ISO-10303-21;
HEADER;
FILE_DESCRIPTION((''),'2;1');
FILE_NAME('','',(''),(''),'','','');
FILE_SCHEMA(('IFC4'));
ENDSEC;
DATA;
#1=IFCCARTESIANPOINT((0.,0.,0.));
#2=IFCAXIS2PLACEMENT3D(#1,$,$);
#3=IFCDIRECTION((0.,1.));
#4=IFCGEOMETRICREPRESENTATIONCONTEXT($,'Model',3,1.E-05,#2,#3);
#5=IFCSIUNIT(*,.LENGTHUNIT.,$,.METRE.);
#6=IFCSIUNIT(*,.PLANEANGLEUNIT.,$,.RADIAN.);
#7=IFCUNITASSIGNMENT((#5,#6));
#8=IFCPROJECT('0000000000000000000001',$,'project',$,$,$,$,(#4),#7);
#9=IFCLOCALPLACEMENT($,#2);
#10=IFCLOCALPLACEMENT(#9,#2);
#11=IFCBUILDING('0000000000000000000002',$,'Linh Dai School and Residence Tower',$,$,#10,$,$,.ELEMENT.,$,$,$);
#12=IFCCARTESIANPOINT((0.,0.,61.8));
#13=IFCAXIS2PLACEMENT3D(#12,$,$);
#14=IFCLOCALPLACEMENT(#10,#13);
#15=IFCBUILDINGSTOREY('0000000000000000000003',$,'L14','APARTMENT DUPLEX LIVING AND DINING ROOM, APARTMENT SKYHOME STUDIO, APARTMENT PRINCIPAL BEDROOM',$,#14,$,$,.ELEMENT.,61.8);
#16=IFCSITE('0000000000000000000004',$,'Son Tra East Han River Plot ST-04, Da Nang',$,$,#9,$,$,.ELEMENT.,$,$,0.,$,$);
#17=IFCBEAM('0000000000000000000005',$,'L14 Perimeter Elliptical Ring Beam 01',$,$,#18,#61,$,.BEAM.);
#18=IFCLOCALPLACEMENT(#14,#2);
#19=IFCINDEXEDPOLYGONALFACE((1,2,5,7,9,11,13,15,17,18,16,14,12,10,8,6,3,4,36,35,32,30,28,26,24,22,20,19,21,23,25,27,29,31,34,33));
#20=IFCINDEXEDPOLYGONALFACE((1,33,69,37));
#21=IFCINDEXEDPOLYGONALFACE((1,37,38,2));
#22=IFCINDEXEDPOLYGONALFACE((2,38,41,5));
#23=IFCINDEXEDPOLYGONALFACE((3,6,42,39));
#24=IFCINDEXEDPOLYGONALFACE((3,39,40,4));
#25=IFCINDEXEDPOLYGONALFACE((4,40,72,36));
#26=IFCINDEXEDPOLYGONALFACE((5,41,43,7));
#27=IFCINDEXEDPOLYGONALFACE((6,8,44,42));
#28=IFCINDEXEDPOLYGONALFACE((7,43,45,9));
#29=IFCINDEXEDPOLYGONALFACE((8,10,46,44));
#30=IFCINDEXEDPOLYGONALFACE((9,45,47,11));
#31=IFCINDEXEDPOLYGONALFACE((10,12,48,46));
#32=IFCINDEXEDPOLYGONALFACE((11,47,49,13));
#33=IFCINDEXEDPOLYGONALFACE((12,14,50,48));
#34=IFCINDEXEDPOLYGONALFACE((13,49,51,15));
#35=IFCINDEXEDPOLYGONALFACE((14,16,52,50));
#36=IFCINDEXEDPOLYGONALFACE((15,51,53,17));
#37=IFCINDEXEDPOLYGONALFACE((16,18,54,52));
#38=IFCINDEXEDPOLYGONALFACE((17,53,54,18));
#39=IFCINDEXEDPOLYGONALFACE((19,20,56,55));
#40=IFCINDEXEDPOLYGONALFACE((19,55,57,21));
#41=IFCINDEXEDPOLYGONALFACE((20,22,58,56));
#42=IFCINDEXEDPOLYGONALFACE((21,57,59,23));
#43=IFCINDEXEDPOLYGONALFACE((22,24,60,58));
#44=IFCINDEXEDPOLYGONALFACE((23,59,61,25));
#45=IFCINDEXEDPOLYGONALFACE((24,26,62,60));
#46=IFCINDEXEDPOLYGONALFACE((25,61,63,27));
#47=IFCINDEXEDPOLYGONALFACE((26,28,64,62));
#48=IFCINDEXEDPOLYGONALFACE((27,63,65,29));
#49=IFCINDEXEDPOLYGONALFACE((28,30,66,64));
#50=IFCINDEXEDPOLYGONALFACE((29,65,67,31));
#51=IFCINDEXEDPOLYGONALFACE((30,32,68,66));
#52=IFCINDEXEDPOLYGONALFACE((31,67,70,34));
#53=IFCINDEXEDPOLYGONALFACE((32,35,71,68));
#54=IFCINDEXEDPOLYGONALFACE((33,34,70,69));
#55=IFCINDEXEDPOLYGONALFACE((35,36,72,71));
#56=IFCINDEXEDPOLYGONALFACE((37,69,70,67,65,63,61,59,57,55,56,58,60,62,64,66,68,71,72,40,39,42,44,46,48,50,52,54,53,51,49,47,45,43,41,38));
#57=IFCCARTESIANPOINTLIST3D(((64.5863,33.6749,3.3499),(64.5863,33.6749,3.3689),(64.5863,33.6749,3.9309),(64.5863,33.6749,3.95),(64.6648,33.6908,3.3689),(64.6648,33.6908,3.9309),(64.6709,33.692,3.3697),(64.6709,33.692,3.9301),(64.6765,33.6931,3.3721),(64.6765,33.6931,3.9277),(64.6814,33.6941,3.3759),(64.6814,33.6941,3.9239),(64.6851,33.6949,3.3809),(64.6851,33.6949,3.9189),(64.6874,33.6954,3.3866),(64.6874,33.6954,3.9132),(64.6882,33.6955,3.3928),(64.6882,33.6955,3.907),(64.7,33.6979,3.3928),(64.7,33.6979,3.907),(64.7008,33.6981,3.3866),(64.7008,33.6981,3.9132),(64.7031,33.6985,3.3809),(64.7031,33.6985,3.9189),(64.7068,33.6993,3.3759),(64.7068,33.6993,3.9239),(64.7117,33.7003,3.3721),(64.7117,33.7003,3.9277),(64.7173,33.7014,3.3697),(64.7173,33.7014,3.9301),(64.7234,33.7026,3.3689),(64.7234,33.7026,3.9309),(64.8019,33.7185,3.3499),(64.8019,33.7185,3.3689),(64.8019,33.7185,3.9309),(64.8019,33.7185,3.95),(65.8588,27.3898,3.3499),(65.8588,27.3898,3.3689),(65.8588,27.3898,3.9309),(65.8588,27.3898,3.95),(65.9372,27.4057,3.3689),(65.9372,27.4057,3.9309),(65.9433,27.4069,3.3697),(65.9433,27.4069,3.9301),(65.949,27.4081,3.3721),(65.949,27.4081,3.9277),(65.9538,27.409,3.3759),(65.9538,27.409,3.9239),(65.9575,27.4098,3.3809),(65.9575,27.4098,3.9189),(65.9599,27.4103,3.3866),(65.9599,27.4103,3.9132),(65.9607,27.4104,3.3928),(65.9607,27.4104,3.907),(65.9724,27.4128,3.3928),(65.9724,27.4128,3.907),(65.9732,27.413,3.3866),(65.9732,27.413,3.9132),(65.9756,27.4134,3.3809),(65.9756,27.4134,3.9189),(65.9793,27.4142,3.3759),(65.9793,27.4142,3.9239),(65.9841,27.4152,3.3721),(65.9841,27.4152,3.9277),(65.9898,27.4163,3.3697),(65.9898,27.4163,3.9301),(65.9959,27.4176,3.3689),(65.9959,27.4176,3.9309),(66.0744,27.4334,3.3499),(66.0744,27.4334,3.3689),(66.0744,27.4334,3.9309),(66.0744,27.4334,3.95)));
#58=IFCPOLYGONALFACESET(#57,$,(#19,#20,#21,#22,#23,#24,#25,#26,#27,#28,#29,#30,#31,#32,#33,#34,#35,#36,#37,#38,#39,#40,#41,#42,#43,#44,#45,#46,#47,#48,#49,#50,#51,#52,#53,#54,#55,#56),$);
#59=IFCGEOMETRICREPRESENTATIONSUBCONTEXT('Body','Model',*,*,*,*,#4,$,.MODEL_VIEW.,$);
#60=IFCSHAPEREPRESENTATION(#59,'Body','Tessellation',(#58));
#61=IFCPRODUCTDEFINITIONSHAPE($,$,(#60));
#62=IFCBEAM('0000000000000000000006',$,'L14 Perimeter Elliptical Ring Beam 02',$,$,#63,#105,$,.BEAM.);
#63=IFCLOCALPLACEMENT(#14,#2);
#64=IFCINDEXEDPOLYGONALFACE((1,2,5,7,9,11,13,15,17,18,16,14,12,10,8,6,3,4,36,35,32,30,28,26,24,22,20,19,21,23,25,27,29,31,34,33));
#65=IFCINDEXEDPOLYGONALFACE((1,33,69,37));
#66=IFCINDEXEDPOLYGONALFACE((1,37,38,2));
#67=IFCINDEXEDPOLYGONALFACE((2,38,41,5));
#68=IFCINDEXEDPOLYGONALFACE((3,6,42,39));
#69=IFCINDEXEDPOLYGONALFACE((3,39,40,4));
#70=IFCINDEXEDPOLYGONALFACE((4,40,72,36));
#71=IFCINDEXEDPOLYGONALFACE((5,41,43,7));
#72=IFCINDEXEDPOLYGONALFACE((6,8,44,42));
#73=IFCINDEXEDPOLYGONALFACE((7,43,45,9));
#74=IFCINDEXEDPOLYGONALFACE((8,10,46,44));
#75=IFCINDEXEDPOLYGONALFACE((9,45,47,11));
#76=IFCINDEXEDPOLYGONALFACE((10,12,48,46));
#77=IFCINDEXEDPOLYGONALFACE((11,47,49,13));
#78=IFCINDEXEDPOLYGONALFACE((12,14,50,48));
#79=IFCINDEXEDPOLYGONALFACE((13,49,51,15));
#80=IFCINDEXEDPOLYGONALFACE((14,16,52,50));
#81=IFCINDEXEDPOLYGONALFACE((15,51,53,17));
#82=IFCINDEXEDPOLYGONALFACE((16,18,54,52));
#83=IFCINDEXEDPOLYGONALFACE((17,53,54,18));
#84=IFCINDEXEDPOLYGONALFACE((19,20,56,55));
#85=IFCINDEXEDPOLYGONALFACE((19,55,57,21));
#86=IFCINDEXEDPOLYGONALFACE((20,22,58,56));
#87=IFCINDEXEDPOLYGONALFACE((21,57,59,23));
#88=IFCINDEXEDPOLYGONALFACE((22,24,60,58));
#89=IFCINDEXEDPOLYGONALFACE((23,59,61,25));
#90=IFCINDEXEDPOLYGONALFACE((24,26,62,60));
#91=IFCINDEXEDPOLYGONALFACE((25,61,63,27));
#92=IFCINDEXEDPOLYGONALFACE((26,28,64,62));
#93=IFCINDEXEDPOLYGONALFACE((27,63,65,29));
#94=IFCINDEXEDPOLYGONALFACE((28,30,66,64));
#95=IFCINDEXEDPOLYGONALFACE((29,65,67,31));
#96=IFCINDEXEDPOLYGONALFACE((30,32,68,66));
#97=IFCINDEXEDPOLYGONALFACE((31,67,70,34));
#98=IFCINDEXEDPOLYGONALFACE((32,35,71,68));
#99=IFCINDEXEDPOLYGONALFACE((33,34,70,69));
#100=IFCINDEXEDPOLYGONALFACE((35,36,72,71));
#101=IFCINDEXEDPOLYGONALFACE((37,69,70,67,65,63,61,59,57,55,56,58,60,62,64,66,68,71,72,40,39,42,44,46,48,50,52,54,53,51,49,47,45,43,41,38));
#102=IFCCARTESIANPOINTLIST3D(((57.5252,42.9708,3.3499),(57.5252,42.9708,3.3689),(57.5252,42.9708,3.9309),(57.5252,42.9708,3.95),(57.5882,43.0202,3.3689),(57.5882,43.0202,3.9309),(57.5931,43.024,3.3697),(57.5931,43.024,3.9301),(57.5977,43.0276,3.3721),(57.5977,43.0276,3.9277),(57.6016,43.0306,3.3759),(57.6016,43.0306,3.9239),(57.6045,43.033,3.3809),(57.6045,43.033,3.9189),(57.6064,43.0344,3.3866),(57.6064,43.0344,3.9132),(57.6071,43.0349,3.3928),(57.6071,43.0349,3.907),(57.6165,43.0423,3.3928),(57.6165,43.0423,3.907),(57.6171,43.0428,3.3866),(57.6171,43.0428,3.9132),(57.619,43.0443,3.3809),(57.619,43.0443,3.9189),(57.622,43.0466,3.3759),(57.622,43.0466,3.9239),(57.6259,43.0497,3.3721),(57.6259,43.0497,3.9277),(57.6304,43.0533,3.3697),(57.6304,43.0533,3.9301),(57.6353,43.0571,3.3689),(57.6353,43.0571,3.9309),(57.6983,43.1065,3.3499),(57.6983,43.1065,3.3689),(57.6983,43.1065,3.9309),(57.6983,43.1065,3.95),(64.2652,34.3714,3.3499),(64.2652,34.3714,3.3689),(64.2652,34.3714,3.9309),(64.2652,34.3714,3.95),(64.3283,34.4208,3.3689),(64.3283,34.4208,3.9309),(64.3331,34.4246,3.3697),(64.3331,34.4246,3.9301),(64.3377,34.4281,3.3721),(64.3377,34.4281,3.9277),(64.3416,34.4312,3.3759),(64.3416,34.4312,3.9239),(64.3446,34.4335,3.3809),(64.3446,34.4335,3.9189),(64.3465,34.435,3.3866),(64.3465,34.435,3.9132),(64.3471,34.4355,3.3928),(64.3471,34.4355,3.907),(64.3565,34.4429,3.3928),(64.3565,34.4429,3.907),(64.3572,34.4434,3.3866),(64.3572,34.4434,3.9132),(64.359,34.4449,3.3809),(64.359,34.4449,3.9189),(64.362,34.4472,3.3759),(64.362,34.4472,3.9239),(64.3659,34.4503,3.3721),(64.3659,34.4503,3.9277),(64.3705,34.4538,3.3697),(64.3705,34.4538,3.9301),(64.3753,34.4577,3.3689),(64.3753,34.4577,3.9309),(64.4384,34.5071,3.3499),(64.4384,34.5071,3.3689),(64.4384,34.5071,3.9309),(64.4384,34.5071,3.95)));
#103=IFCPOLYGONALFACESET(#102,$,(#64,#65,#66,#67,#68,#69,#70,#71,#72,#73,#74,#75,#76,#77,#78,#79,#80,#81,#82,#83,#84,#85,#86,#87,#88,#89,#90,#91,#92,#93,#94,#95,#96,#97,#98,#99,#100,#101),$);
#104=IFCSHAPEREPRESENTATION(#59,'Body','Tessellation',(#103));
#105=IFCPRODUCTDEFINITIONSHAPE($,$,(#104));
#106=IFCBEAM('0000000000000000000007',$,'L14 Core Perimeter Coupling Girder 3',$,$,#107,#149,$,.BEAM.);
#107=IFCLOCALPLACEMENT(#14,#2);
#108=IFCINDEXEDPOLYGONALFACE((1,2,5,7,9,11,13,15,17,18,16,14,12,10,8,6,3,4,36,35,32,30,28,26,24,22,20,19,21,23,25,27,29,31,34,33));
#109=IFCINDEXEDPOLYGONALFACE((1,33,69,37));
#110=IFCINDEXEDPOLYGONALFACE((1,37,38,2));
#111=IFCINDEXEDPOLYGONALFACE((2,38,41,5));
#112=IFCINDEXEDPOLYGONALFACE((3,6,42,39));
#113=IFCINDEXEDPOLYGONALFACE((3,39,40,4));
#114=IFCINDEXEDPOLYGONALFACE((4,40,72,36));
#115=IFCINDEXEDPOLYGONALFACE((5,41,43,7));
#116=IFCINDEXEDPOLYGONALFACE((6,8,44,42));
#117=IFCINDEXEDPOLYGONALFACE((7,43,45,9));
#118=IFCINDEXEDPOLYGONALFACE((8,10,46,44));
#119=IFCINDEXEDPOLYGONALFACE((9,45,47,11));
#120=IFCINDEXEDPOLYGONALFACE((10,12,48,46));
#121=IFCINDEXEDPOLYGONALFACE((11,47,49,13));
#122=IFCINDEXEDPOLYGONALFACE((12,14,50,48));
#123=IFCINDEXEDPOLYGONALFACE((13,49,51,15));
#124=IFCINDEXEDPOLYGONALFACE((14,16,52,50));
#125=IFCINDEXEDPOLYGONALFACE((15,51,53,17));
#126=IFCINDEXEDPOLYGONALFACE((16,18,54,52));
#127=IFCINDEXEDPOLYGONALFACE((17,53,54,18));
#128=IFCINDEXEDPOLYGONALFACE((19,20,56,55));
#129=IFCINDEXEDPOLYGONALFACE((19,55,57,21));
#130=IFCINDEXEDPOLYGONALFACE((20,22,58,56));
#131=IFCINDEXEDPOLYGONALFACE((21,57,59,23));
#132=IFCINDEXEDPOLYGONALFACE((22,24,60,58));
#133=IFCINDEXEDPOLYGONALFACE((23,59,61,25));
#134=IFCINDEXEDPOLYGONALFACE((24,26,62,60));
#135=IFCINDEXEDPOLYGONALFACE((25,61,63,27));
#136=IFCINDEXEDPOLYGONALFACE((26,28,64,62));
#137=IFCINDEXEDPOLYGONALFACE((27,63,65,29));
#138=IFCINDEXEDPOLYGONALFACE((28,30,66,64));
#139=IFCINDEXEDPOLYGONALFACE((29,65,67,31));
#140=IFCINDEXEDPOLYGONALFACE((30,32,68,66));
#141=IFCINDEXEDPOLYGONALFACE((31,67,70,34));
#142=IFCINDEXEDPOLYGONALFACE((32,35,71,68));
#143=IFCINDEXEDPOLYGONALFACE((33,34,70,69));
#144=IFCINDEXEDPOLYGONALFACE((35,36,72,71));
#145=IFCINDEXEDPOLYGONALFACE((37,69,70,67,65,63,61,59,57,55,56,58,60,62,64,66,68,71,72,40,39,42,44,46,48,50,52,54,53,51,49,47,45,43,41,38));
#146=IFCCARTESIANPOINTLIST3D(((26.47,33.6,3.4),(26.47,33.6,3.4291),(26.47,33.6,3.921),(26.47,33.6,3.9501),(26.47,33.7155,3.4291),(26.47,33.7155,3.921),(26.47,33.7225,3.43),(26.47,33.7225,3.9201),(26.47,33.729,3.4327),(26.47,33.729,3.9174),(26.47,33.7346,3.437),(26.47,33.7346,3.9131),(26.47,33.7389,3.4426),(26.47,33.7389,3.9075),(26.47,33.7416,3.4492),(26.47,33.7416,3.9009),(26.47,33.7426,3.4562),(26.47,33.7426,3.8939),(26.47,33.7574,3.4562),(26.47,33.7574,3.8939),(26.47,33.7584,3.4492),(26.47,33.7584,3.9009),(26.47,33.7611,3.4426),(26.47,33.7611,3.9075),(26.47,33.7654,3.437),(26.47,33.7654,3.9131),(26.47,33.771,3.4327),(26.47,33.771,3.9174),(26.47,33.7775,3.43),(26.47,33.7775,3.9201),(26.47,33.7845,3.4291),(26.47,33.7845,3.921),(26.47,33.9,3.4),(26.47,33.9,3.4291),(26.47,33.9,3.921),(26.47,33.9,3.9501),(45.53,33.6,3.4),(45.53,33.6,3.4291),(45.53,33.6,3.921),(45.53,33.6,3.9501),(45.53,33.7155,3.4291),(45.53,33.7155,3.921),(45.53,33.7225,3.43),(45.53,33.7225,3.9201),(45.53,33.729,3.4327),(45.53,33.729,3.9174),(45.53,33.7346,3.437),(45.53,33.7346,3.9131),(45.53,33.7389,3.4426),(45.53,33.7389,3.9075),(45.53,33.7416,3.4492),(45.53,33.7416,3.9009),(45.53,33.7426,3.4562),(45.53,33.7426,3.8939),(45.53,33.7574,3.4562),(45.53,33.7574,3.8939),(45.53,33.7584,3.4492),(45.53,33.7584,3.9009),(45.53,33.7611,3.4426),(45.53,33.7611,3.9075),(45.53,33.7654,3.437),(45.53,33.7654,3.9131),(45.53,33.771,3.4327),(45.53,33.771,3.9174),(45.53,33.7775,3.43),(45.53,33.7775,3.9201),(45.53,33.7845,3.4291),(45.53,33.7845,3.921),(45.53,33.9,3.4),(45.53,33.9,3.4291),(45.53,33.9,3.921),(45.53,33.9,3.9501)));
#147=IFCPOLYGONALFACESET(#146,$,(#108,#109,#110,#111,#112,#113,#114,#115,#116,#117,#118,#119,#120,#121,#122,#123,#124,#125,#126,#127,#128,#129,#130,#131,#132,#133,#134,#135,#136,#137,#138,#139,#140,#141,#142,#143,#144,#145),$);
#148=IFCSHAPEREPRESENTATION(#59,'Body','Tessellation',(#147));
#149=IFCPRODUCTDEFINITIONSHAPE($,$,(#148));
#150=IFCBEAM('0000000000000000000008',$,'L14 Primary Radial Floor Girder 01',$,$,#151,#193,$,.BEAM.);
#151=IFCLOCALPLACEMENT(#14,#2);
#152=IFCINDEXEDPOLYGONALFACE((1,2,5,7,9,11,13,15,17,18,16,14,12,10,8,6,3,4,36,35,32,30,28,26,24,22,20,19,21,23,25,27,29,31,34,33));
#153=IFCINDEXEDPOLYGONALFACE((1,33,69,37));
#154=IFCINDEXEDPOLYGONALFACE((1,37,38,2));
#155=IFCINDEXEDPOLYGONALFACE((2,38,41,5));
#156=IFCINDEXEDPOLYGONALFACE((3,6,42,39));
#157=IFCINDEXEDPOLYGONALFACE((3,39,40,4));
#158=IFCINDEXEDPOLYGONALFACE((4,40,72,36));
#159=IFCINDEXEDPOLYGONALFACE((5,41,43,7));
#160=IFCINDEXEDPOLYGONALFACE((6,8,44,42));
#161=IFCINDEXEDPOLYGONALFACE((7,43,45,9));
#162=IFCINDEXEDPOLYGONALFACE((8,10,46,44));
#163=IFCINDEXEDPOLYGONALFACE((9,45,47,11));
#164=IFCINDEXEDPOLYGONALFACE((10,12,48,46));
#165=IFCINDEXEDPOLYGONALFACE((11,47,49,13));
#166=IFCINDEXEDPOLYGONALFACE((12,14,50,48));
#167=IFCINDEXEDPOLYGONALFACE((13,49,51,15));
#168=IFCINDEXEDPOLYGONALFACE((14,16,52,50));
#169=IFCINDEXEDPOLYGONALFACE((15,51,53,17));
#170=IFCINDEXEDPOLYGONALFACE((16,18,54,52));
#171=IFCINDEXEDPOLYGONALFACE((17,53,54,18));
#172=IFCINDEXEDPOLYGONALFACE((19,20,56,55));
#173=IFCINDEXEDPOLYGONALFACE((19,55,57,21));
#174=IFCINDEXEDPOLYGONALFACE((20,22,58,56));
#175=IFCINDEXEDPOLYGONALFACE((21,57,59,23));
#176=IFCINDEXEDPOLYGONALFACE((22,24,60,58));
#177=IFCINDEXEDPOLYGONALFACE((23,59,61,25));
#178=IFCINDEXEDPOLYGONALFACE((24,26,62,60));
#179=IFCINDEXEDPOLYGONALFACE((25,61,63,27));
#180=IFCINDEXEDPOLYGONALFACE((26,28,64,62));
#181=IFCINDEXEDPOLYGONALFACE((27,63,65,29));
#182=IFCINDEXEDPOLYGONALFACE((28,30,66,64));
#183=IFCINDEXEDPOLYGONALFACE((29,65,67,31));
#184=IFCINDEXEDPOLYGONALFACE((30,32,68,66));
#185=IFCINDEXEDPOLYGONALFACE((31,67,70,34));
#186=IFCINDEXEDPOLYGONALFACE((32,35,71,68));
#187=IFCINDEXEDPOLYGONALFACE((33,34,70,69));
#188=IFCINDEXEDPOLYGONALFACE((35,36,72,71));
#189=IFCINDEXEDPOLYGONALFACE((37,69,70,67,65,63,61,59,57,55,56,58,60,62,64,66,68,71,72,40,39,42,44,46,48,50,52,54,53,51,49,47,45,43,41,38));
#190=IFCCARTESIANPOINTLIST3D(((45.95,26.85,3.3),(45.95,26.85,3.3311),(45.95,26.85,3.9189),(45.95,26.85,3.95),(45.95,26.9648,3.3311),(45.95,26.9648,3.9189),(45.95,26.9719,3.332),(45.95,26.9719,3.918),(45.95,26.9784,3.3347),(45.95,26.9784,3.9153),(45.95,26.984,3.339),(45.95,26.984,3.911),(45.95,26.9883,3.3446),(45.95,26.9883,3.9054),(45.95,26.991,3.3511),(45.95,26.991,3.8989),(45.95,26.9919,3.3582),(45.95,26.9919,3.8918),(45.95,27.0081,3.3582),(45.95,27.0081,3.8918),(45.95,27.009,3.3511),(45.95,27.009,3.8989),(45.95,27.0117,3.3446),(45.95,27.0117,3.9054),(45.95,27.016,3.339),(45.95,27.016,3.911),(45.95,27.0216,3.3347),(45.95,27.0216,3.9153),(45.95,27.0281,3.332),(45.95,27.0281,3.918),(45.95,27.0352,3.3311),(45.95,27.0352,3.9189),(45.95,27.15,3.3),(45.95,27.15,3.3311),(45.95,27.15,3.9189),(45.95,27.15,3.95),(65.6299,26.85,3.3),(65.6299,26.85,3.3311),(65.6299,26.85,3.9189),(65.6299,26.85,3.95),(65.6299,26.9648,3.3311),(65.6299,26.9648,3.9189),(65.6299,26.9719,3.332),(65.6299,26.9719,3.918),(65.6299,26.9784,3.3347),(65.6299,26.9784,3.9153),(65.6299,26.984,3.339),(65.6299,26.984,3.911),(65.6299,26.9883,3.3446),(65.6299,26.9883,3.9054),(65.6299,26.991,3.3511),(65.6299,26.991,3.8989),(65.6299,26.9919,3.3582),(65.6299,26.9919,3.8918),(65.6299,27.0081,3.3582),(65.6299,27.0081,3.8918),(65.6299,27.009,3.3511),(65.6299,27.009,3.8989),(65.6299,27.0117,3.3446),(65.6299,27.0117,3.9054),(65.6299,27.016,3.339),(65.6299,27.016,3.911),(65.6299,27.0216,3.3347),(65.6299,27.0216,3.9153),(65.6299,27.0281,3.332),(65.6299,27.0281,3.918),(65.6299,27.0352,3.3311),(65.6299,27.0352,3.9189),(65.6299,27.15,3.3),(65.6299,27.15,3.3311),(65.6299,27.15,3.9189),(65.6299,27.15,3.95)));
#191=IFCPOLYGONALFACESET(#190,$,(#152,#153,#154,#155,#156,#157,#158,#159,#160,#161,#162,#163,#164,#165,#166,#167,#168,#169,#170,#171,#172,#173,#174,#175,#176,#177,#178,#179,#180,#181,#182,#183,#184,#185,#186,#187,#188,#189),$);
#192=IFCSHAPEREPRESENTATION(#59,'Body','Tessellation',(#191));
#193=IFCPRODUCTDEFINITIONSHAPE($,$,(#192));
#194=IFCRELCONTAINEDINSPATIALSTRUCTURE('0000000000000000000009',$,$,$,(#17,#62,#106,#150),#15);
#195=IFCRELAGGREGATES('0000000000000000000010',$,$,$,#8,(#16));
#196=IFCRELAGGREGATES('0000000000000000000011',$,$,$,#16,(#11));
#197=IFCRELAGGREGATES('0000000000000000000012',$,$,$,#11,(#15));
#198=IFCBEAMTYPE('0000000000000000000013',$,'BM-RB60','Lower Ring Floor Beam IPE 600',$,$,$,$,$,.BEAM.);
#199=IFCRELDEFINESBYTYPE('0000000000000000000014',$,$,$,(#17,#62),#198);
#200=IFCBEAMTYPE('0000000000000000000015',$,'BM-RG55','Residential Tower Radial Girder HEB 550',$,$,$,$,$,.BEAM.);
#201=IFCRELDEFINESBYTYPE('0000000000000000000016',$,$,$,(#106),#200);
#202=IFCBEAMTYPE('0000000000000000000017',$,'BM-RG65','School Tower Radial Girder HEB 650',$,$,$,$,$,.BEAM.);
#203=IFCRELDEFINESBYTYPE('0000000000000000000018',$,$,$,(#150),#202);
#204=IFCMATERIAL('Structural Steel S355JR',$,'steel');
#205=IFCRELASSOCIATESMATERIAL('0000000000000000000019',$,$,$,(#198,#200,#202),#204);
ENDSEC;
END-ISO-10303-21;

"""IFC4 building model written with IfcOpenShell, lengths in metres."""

from ifc_helpers import new_model, si_unit, direction, frame, origin, origin_2d, place, context, subcontext, project, spatial, i_section, extrude, material, material_profile, profile_set, type_object, element, save


model = new_model("IFC4")

# Units and contexts
model_context = context("Model", 3, precision=1e-05, world=origin(), true_north=direction((0.0, 1.0)))
body_context = subcontext(model_context, "Body", "Model", "MODEL_VIEW")
ifc_project = project(units=[si_unit("LENGTHUNIT", "METRE"), si_unit("PLANEANGLEUNIT", "RADIAN")], contexts=[model_context])

# Site, building, storey
site_placement = place(None, origin())
site = spatial("IfcSite", under=ifc_project, at=site_placement, Name="Son Tra East Han River Plot ST-04, Da Nang", CompositionType="ELEMENT", RefElevation=0.0)
building_placement = place(site_placement, origin())
building = spatial("IfcBuilding", under=site, at=building_placement, Name="Linh Dai School and Residence Tower", CompositionType="ELEMENT")
storey_placement = place(building_placement, frame((0.0, 0.0, 61.8)))
storey = spatial("IfcBuildingStorey", under=building, at=storey_placement, Name="L14", Description="APARTMENT DUPLEX LIVING AND DINING ROOM, APARTMENT SKYHOME STUDIO, APARTMENT PRINCIPAL BEDROOM", CompositionType="ELEMENT", Elevation=61.8)

# Shared definitions
ifc_material_1 = material(Name="Structural Steel S355JR", Category="steel")

# Beams
ifc_material_profile_1 = material_profile(ifc_material_1, i_section(OverallWidth=0.22, OverallDepth=0.6001, WebThickness=0.012, FlangeThickness=0.019, FilletRadius=0.0239, at=origin_2d()), Name="IPE 600")
ifc_profile_set_1 = profile_set([ifc_material_profile_1], Name="Structural Steel S355JR")
beam_type_1 = type_object("IfcBeamType", Name="BM-RB60", Description="Lower Ring Floor Beam IPE 600", PredefinedType="BEAM", material=ifc_profile_set_1)
beam_1_placement = place(storey_placement, frame((65.9666, 27.4116, 3.6499), z_axis=(-0.198429, 0.980115, 0.0), x_axis=(-0.980115, -0.198429, 0.0)))
element("IfcBeam", 1, at=beam_1_placement, inside=storey, type_object=beam_type_1, Name="L14 Perimeter Elliptical Ring Beam 01", PredefinedType="BEAM", context=body_context, shape_type="SweptSolid", body=[
    extrude(i_section(OverallWidth=0.22, OverallDepth=0.6001, WebThickness=0.012, FlangeThickness=0.019, FilletRadius=0.0239, at=origin_2d()), origin(), (0.0, 0.0, 1.0), 6.4126),
])
beam_2_placement = place(storey_placement, frame((64.3518, 34.4392, 3.6499), z_axis=(-0.616879, 0.787058, 0.0), x_axis=(-0.787058, -0.616879, 0.0)))
element("IfcBeam", 2, at=beam_2_placement, inside=storey, type_object=beam_type_1, Name="L14 Perimeter Elliptical Ring Beam 02", PredefinedType="BEAM", context=body_context, shape_type="SweptSolid", body=[
    extrude(i_section(OverallWidth=0.22, OverallDepth=0.6001, WebThickness=0.012, FlangeThickness=0.019, FilletRadius=0.0239, at=origin_2d()), origin(), (0.0, 0.0, 1.0), 10.926),
])
ifc_material_profile_2 = material_profile(ifc_material_1, i_section(OverallWidth=0.3, OverallDepth=0.55, WebThickness=0.0149, FlangeThickness=0.0291, FilletRadius=0.0271, at=origin_2d()), Name="HEB 550")
ifc_profile_set_2 = profile_set([ifc_material_profile_2], Name="Structural Steel S355JR")
beam_type_2 = type_object("IfcBeamType", Name="BM-RG55", Description="Residential Tower Radial Girder HEB 550", PredefinedType="BEAM", material=ifc_profile_set_2)
beam_3_placement = place(storey_placement, frame((45.53, 33.75, 3.675), z_axis=(-1.0, 0.0, 0.0), x_axis=(0.0, -1.0, 0.0)))
element("IfcBeam", 3, at=beam_3_placement, inside=storey, type_object=beam_type_2, Name="L14 Core Perimeter Coupling Girder 3", PredefinedType="BEAM", context=body_context, shape_type="SweptSolid", body=[
    extrude(i_section(OverallWidth=0.3, OverallDepth=0.55, WebThickness=0.0149, FlangeThickness=0.0291, FilletRadius=0.0271, at=origin_2d()), origin(), (0.0, 0.0, 1.0), 19.0601),
])
ifc_material_profile_3 = material_profile(ifc_material_1, i_section(OverallWidth=0.3, OverallDepth=0.6499, WebThickness=0.0161, FlangeThickness=0.031, FilletRadius=0.0271, at=origin_2d()), Name="HEB 650")
ifc_profile_set_3 = profile_set([ifc_material_profile_3], Name="Structural Steel S355JR")
beam_type_3 = type_object("IfcBeamType", Name="BM-RG65", Description="School Tower Radial Girder HEB 650", PredefinedType="BEAM", material=ifc_profile_set_3)
beam_4_placement = place(storey_placement, frame((45.95, 27.0, 3.625), z_axis=(1.0, 0.0, 0.0), x_axis=(0.0, 1.0, 0.0)))
element("IfcBeam", 4, at=beam_4_placement, inside=storey, type_object=beam_type_3, Name="L14 Primary Radial Floor Girder 01", PredefinedType="BEAM", context=body_context, shape_type="SweptSolid", body=[
    extrude(i_section(OverallWidth=0.3, OverallDepth=0.6499, WebThickness=0.0161, FlangeThickness=0.031, FilletRadius=0.0271, at=origin_2d()), origin(), (0.0, 0.0, 1.0), 19.6799),
])

save(model, "model.ifc")
